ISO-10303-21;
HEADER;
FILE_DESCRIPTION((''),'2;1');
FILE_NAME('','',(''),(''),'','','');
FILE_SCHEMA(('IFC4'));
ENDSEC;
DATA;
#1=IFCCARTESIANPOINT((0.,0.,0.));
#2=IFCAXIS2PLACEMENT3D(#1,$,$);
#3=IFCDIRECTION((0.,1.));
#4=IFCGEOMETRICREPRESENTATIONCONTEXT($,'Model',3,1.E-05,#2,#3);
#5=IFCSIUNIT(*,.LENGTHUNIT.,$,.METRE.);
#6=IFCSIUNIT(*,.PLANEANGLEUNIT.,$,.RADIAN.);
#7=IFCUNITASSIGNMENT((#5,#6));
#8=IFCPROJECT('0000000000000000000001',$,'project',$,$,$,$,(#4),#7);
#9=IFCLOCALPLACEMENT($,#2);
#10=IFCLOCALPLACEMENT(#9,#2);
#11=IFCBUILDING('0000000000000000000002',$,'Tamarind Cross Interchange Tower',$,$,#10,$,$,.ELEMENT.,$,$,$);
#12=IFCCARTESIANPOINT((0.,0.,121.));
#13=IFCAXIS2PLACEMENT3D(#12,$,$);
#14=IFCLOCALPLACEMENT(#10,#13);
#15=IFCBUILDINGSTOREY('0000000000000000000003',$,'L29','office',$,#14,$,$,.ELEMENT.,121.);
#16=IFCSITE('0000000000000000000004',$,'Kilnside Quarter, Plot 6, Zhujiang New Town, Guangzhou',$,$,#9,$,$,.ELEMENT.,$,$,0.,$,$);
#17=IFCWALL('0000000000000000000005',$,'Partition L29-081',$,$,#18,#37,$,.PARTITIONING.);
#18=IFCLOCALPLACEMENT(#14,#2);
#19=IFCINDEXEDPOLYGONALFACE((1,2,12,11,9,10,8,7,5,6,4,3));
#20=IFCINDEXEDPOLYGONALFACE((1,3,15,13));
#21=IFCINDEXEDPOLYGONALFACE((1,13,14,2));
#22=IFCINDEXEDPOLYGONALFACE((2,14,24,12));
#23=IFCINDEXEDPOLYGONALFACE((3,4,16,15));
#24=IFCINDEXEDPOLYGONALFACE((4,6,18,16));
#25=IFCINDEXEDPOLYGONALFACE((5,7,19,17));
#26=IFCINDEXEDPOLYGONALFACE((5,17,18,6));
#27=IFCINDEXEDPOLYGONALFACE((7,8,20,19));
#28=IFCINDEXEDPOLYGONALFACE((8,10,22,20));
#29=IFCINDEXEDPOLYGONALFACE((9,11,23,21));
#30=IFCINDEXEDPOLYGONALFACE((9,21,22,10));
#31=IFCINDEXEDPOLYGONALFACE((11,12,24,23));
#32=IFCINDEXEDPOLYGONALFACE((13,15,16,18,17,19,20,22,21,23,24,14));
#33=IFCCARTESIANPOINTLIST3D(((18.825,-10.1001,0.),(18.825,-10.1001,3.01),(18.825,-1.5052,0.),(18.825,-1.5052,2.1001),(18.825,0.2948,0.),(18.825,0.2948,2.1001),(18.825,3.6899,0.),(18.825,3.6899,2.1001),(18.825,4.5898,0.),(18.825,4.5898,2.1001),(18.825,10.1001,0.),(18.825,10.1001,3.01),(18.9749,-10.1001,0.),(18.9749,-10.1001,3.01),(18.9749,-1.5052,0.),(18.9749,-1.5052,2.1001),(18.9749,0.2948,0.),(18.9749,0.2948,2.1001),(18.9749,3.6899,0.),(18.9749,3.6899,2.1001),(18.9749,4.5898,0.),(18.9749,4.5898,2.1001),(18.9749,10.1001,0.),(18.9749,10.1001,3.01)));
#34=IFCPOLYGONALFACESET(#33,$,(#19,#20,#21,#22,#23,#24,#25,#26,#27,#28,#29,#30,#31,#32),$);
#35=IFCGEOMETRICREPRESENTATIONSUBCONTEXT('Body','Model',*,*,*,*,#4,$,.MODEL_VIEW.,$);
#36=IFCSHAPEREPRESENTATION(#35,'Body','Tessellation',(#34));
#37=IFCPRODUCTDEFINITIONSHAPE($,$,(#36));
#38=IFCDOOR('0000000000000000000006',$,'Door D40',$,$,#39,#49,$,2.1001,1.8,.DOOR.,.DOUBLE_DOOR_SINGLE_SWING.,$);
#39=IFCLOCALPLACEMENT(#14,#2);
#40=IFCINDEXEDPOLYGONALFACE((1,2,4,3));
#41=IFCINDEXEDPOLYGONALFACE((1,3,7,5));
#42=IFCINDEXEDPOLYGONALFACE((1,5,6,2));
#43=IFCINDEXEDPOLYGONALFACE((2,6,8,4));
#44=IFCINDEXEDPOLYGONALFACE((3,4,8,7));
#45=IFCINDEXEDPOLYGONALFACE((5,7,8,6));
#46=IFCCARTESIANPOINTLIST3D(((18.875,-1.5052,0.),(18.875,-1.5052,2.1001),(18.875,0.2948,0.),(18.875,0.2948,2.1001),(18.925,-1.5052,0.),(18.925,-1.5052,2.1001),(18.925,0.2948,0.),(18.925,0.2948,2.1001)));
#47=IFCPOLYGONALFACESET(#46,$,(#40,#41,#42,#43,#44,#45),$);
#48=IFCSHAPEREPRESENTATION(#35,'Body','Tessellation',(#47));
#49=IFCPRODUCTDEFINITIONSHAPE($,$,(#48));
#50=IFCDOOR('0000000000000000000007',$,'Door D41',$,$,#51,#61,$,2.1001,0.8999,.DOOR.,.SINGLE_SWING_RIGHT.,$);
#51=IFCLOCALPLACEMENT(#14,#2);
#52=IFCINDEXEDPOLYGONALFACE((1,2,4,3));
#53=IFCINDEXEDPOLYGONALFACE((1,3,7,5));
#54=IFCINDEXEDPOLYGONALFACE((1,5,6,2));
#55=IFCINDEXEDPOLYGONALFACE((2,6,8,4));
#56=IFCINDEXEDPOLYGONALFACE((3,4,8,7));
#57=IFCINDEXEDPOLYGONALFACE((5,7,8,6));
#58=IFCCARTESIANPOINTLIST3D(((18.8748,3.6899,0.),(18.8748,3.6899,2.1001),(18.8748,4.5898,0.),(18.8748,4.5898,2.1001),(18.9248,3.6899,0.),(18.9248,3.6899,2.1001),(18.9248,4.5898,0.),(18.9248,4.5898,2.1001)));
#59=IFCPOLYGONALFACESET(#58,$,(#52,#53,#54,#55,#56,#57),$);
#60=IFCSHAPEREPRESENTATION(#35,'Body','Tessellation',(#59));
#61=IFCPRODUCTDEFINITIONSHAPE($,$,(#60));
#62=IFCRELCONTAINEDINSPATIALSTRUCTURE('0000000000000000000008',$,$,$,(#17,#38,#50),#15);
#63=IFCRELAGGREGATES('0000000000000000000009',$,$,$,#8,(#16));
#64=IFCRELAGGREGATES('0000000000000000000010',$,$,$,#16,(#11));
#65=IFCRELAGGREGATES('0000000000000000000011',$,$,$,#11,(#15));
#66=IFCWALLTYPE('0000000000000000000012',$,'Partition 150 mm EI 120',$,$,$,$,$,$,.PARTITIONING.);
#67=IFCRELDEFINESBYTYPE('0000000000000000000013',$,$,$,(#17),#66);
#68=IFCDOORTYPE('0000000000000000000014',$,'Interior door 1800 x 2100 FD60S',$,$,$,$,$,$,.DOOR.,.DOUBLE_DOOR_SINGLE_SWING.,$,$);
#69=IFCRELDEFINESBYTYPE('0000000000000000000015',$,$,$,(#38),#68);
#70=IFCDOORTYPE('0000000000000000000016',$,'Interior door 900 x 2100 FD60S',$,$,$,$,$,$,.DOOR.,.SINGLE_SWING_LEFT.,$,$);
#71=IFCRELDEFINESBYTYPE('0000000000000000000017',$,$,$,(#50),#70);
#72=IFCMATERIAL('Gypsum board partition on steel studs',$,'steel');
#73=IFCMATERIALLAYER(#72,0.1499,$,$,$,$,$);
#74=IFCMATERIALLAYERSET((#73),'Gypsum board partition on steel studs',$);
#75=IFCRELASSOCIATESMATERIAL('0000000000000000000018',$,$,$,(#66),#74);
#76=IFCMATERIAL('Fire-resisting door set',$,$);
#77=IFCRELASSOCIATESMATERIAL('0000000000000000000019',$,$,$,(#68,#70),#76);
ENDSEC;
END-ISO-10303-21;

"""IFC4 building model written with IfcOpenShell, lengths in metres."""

from ifc_helpers import new_model, si_unit, direction, frame, frame_2d, origin, place, context, subcontext, project, spatial, rectangle, extrude, material, layer, layer_set, type_object, element, fill, save


model = new_model("IFC4")

# Units and contexts
model_context = context("Model", 3, precision=1e-05, world=origin(), true_north=direction((0.0, 1.0)))
body_context = subcontext(model_context, "Body", "Model", "MODEL_VIEW")
ifc_project = project(units=[si_unit("LENGTHUNIT", "METRE"), si_unit("PLANEANGLEUNIT", "RADIAN")], contexts=[model_context])

# Site, building, storey
site_placement = place(None, origin())
site = spatial("IfcSite", under=ifc_project, at=site_placement, Name="Kilnside Quarter, Plot 6, Zhujiang New Town, Guangzhou", CompositionType="ELEMENT", RefElevation=0.0)
building_placement = place(site_placement, origin())
building = spatial("IfcBuilding", under=site, at=building_placement, Name="Tamarind Cross Interchange Tower", CompositionType="ELEMENT")
storey_placement = place(building_placement, frame((0.0, 0.0, 121.0)))
storey = spatial("IfcBuildingStorey", under=building, at=storey_placement, Name="L29", Description="office", CompositionType="ELEMENT", Elevation=121.0)

# Shared definitions
ifc_material_1 = material(Name="Gypsum board partition on steel studs", Category="steel")
ifc_layer_1 = layer(ifc_material_1, 0.1499)
ifc_layer_set_1 = layer_set([ifc_layer_1], Name="Gypsum board partition on steel studs")
wall_type_1 = type_object("IfcWallType", Name="Partition 150 mm EI 120", PredefinedType="PARTITIONING", material=ifc_layer_set_1)

# Wall, openings, doors
wall_1_placement = place(storey_placement, frame((18.8999, -10.1001, 0.0), z_axis=(0.0, 0.0, 1.0), x_axis=(0.0, 1.0, 0.0)))
wall_1 = element("IfcWall", 1, at=wall_1_placement, inside=storey, type_object=wall_type_1, Name="Partition L29-081", PredefinedType="PARTITIONING", context=body_context, shape_type="SweptSolid", body=[
    extrude(rectangle(XDim=20.2002, YDim=0.1499, at=frame_2d((10.1001, 0.0))), origin(), (0.0, 0.0, 1.0), 3.01),
])
opening_1_placement = place(wall_1_placement, frame((8.595, 0.0, 0.0)))
opening_1 = element("IfcOpeningElement", 2, at=opening_1_placement, cuts=wall_1, PredefinedType="OPENING", context=body_context, shape_type="SweptSolid", body=[
    extrude(rectangle(XDim=1.8, YDim=2.1001, at=frame_2d((0.8999, 1.05))), frame((0.0, 0.085, 0.0), z_axis=(0.0, -1.0, 0.0), x_axis=(1.0, 0.0, 0.0)), (0.0, 0.0, 1.0), 0.1699),
])
opening_2_placement = place(wall_1_placement, frame((13.79, 0.0, 0.0)))
opening_2 = element("IfcOpeningElement", 3, at=opening_2_placement, cuts=wall_1, PredefinedType="OPENING", context=body_context, shape_type="SweptSolid", body=[
    extrude(rectangle(XDim=0.8999, YDim=2.1001, at=frame_2d((0.45, 1.05))), frame((0.0, 0.085, 0.0), z_axis=(0.0, -1.0, 0.0), x_axis=(1.0, 0.0, 0.0)), (0.0, 0.0, 1.0), 0.1699),
])
ifc_material_2 = material(Name="Fire-resisting door set")
door_type_1 = type_object("IfcDoorType", Name="Interior door 1800 x 2100 FD60S", OperationType="DOUBLE_DOOR_SINGLE_SWING", PredefinedType="DOOR", material=ifc_material_2)
door_1_placement = place(opening_1_placement, origin())
door_1 = element("IfcDoor", 4, at=door_1_placement, inside=storey, type_object=door_type_1, Name="Door D40", OperationType="DOUBLE_DOOR_SINGLE_SWING", OverallHeight=2.1001, OverallWidth=1.8, PredefinedType="DOOR", context=body_context, shape_type="SweptSolid", body=[
    extrude(rectangle(XDim=1.8, YDim=2.1001, at=frame_2d((0.8999, 1.05))), frame((0.0, 0.0249, 0.0), z_axis=(0.0, -1.0, 0.0), x_axis=(1.0, 0.0, 0.0)), (0.0, 0.0, 1.0), 0.05),
])
fill(opening_1, door_1)
door_type_2 = type_object("IfcDoorType", Name="Interior door 900 x 2100 FD60S", OperationType="SINGLE_SWING_LEFT", PredefinedType="DOOR", material=ifc_material_2)
door_2_placement = place(opening_2_placement, frame((0.8999, 0.0, 0.0), z_axis=(0.0, 0.0, 1.0), x_axis=(-1.0, 0.0, 0.0)))
door_2 = element("IfcDoor", 5, at=door_2_placement, inside=storey, type_object=door_type_2, Name="Door D41", OperationType="SINGLE_SWING_RIGHT", OverallHeight=2.1001, OverallWidth=0.8999, PredefinedType="DOOR", context=body_context, shape_type="SweptSolid", body=[
    extrude(rectangle(XDim=0.8999, YDim=2.1001, at=frame_2d((0.45, 1.05))), frame((0.0, 0.0249, 0.0), z_axis=(0.0, -1.0, 0.0), x_axis=(1.0, 0.0, 0.0)), (0.0, 0.0, 1.0), 0.05),
])
fill(opening_2, door_2)

save(model, "model.ifc")
